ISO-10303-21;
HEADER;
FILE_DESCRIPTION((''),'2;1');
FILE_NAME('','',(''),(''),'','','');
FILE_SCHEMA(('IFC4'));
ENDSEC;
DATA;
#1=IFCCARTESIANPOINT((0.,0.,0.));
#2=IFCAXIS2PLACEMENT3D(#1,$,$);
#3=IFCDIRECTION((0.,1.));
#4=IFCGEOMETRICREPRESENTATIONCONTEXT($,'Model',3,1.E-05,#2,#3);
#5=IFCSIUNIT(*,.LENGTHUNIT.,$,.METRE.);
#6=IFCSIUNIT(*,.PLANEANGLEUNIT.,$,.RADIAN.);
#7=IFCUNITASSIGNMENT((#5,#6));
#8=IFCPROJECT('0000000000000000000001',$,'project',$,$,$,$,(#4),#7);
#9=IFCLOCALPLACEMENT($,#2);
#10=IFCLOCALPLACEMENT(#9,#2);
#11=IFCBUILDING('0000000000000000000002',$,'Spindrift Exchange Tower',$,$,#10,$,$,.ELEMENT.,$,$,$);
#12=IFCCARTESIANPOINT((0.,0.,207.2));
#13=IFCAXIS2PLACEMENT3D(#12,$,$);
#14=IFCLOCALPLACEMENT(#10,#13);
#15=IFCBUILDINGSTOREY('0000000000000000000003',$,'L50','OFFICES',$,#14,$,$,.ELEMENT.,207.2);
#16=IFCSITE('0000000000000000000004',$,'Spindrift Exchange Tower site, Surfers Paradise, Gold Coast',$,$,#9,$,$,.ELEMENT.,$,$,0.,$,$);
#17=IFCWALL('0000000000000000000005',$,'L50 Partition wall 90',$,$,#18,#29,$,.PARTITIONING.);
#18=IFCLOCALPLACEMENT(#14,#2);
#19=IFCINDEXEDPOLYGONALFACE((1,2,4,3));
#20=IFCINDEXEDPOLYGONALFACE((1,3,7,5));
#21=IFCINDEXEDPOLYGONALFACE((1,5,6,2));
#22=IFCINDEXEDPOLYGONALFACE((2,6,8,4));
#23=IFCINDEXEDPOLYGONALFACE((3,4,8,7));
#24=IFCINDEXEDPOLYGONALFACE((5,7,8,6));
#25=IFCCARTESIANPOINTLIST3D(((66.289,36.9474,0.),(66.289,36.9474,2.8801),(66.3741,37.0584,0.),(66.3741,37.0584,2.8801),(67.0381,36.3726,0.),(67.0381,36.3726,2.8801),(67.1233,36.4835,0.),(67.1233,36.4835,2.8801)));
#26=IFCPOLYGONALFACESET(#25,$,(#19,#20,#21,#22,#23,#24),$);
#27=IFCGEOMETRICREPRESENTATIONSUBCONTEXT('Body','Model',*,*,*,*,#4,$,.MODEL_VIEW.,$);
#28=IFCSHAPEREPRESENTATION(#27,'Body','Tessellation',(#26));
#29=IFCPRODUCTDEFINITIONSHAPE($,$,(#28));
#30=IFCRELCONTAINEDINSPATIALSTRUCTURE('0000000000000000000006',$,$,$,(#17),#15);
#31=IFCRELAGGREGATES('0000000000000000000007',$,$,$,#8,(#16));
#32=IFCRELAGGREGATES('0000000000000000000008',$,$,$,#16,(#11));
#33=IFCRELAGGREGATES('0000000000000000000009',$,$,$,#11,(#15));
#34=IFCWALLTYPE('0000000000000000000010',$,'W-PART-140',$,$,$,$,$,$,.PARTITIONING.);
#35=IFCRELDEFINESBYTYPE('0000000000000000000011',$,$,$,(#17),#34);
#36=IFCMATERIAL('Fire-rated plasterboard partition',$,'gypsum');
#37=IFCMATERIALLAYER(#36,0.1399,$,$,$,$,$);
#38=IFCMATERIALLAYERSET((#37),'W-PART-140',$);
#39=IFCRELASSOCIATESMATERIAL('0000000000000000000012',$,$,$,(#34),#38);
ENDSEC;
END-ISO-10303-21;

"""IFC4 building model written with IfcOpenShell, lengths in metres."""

from ifc_helpers import new_model, si_unit, direction, frame, frame_2d, origin, place, context, subcontext, project, spatial, rectangle, extrude, material, layer, layer_set, type_object, element, save


model = new_model("IFC4")

# Units and contexts
model_context = context("Model", 3, precision=1e-05, world=origin(), true_north=direction((0.0, 1.0)))
body_context = subcontext(model_context, "Body", "Model", "MODEL_VIEW")
ifc_project = project(units=[si_unit("LENGTHUNIT", "METRE"), si_unit("PLANEANGLEUNIT", "RADIAN")], contexts=[model_context])

# Site, building, storey
site_placement = place(None, origin())
site = spatial("IfcSite", under=ifc_project, at=site_placement, Name="Spindrift Exchange Tower site, Surfers Paradise, Gold Coast", CompositionType="ELEMENT", RefElevation=0.0)
building_placement = place(site_placement, origin())
building = spatial("IfcBuilding", under=site, at=building_placement, Name="Spindrift Exchange Tower", CompositionType="ELEMENT")
storey_placement = place(building_placement, frame((0.0, 0.0, 207.2)))
storey = spatial("IfcBuildingStorey", under=building, at=storey_placement, Name="L50", Description="OFFICES", CompositionType="ELEMENT", Elevation=207.2)

# Shared definitions
ifc_material_1 = material(Name="Fire-rated plasterboard partition", Category="gypsum")

# Wall
ifc_layer_1 = layer(ifc_material_1, 0.1399)
ifc_layer_set_1 = layer_set([ifc_layer_1], Name="W-PART-140")
wall_type_1 = type_object("IfcWallType", Name="W-PART-140", PredefinedType="PARTITIONING", material=ifc_layer_set_1)
wall_1_placement = place(storey_placement, frame((66.3315, 37.0029, 0.0), z_axis=(0.0, 0.0, 1.0), x_axis=(0.793344, -0.608773, 0.0)))
element("IfcWall", 1, at=wall_1_placement, inside=storey, type_object=wall_type_1, Name="L50 Partition wall 90", PredefinedType="PARTITIONING", context=body_context, shape_type="SweptSolid", body=[
    extrude(rectangle(XDim=0.9443, YDim=0.1399, at=frame_2d((0.4722, 0.0))), origin(), (0.0, 0.0, 1.0), 2.8801),
])

save(model, "model.ifc")
